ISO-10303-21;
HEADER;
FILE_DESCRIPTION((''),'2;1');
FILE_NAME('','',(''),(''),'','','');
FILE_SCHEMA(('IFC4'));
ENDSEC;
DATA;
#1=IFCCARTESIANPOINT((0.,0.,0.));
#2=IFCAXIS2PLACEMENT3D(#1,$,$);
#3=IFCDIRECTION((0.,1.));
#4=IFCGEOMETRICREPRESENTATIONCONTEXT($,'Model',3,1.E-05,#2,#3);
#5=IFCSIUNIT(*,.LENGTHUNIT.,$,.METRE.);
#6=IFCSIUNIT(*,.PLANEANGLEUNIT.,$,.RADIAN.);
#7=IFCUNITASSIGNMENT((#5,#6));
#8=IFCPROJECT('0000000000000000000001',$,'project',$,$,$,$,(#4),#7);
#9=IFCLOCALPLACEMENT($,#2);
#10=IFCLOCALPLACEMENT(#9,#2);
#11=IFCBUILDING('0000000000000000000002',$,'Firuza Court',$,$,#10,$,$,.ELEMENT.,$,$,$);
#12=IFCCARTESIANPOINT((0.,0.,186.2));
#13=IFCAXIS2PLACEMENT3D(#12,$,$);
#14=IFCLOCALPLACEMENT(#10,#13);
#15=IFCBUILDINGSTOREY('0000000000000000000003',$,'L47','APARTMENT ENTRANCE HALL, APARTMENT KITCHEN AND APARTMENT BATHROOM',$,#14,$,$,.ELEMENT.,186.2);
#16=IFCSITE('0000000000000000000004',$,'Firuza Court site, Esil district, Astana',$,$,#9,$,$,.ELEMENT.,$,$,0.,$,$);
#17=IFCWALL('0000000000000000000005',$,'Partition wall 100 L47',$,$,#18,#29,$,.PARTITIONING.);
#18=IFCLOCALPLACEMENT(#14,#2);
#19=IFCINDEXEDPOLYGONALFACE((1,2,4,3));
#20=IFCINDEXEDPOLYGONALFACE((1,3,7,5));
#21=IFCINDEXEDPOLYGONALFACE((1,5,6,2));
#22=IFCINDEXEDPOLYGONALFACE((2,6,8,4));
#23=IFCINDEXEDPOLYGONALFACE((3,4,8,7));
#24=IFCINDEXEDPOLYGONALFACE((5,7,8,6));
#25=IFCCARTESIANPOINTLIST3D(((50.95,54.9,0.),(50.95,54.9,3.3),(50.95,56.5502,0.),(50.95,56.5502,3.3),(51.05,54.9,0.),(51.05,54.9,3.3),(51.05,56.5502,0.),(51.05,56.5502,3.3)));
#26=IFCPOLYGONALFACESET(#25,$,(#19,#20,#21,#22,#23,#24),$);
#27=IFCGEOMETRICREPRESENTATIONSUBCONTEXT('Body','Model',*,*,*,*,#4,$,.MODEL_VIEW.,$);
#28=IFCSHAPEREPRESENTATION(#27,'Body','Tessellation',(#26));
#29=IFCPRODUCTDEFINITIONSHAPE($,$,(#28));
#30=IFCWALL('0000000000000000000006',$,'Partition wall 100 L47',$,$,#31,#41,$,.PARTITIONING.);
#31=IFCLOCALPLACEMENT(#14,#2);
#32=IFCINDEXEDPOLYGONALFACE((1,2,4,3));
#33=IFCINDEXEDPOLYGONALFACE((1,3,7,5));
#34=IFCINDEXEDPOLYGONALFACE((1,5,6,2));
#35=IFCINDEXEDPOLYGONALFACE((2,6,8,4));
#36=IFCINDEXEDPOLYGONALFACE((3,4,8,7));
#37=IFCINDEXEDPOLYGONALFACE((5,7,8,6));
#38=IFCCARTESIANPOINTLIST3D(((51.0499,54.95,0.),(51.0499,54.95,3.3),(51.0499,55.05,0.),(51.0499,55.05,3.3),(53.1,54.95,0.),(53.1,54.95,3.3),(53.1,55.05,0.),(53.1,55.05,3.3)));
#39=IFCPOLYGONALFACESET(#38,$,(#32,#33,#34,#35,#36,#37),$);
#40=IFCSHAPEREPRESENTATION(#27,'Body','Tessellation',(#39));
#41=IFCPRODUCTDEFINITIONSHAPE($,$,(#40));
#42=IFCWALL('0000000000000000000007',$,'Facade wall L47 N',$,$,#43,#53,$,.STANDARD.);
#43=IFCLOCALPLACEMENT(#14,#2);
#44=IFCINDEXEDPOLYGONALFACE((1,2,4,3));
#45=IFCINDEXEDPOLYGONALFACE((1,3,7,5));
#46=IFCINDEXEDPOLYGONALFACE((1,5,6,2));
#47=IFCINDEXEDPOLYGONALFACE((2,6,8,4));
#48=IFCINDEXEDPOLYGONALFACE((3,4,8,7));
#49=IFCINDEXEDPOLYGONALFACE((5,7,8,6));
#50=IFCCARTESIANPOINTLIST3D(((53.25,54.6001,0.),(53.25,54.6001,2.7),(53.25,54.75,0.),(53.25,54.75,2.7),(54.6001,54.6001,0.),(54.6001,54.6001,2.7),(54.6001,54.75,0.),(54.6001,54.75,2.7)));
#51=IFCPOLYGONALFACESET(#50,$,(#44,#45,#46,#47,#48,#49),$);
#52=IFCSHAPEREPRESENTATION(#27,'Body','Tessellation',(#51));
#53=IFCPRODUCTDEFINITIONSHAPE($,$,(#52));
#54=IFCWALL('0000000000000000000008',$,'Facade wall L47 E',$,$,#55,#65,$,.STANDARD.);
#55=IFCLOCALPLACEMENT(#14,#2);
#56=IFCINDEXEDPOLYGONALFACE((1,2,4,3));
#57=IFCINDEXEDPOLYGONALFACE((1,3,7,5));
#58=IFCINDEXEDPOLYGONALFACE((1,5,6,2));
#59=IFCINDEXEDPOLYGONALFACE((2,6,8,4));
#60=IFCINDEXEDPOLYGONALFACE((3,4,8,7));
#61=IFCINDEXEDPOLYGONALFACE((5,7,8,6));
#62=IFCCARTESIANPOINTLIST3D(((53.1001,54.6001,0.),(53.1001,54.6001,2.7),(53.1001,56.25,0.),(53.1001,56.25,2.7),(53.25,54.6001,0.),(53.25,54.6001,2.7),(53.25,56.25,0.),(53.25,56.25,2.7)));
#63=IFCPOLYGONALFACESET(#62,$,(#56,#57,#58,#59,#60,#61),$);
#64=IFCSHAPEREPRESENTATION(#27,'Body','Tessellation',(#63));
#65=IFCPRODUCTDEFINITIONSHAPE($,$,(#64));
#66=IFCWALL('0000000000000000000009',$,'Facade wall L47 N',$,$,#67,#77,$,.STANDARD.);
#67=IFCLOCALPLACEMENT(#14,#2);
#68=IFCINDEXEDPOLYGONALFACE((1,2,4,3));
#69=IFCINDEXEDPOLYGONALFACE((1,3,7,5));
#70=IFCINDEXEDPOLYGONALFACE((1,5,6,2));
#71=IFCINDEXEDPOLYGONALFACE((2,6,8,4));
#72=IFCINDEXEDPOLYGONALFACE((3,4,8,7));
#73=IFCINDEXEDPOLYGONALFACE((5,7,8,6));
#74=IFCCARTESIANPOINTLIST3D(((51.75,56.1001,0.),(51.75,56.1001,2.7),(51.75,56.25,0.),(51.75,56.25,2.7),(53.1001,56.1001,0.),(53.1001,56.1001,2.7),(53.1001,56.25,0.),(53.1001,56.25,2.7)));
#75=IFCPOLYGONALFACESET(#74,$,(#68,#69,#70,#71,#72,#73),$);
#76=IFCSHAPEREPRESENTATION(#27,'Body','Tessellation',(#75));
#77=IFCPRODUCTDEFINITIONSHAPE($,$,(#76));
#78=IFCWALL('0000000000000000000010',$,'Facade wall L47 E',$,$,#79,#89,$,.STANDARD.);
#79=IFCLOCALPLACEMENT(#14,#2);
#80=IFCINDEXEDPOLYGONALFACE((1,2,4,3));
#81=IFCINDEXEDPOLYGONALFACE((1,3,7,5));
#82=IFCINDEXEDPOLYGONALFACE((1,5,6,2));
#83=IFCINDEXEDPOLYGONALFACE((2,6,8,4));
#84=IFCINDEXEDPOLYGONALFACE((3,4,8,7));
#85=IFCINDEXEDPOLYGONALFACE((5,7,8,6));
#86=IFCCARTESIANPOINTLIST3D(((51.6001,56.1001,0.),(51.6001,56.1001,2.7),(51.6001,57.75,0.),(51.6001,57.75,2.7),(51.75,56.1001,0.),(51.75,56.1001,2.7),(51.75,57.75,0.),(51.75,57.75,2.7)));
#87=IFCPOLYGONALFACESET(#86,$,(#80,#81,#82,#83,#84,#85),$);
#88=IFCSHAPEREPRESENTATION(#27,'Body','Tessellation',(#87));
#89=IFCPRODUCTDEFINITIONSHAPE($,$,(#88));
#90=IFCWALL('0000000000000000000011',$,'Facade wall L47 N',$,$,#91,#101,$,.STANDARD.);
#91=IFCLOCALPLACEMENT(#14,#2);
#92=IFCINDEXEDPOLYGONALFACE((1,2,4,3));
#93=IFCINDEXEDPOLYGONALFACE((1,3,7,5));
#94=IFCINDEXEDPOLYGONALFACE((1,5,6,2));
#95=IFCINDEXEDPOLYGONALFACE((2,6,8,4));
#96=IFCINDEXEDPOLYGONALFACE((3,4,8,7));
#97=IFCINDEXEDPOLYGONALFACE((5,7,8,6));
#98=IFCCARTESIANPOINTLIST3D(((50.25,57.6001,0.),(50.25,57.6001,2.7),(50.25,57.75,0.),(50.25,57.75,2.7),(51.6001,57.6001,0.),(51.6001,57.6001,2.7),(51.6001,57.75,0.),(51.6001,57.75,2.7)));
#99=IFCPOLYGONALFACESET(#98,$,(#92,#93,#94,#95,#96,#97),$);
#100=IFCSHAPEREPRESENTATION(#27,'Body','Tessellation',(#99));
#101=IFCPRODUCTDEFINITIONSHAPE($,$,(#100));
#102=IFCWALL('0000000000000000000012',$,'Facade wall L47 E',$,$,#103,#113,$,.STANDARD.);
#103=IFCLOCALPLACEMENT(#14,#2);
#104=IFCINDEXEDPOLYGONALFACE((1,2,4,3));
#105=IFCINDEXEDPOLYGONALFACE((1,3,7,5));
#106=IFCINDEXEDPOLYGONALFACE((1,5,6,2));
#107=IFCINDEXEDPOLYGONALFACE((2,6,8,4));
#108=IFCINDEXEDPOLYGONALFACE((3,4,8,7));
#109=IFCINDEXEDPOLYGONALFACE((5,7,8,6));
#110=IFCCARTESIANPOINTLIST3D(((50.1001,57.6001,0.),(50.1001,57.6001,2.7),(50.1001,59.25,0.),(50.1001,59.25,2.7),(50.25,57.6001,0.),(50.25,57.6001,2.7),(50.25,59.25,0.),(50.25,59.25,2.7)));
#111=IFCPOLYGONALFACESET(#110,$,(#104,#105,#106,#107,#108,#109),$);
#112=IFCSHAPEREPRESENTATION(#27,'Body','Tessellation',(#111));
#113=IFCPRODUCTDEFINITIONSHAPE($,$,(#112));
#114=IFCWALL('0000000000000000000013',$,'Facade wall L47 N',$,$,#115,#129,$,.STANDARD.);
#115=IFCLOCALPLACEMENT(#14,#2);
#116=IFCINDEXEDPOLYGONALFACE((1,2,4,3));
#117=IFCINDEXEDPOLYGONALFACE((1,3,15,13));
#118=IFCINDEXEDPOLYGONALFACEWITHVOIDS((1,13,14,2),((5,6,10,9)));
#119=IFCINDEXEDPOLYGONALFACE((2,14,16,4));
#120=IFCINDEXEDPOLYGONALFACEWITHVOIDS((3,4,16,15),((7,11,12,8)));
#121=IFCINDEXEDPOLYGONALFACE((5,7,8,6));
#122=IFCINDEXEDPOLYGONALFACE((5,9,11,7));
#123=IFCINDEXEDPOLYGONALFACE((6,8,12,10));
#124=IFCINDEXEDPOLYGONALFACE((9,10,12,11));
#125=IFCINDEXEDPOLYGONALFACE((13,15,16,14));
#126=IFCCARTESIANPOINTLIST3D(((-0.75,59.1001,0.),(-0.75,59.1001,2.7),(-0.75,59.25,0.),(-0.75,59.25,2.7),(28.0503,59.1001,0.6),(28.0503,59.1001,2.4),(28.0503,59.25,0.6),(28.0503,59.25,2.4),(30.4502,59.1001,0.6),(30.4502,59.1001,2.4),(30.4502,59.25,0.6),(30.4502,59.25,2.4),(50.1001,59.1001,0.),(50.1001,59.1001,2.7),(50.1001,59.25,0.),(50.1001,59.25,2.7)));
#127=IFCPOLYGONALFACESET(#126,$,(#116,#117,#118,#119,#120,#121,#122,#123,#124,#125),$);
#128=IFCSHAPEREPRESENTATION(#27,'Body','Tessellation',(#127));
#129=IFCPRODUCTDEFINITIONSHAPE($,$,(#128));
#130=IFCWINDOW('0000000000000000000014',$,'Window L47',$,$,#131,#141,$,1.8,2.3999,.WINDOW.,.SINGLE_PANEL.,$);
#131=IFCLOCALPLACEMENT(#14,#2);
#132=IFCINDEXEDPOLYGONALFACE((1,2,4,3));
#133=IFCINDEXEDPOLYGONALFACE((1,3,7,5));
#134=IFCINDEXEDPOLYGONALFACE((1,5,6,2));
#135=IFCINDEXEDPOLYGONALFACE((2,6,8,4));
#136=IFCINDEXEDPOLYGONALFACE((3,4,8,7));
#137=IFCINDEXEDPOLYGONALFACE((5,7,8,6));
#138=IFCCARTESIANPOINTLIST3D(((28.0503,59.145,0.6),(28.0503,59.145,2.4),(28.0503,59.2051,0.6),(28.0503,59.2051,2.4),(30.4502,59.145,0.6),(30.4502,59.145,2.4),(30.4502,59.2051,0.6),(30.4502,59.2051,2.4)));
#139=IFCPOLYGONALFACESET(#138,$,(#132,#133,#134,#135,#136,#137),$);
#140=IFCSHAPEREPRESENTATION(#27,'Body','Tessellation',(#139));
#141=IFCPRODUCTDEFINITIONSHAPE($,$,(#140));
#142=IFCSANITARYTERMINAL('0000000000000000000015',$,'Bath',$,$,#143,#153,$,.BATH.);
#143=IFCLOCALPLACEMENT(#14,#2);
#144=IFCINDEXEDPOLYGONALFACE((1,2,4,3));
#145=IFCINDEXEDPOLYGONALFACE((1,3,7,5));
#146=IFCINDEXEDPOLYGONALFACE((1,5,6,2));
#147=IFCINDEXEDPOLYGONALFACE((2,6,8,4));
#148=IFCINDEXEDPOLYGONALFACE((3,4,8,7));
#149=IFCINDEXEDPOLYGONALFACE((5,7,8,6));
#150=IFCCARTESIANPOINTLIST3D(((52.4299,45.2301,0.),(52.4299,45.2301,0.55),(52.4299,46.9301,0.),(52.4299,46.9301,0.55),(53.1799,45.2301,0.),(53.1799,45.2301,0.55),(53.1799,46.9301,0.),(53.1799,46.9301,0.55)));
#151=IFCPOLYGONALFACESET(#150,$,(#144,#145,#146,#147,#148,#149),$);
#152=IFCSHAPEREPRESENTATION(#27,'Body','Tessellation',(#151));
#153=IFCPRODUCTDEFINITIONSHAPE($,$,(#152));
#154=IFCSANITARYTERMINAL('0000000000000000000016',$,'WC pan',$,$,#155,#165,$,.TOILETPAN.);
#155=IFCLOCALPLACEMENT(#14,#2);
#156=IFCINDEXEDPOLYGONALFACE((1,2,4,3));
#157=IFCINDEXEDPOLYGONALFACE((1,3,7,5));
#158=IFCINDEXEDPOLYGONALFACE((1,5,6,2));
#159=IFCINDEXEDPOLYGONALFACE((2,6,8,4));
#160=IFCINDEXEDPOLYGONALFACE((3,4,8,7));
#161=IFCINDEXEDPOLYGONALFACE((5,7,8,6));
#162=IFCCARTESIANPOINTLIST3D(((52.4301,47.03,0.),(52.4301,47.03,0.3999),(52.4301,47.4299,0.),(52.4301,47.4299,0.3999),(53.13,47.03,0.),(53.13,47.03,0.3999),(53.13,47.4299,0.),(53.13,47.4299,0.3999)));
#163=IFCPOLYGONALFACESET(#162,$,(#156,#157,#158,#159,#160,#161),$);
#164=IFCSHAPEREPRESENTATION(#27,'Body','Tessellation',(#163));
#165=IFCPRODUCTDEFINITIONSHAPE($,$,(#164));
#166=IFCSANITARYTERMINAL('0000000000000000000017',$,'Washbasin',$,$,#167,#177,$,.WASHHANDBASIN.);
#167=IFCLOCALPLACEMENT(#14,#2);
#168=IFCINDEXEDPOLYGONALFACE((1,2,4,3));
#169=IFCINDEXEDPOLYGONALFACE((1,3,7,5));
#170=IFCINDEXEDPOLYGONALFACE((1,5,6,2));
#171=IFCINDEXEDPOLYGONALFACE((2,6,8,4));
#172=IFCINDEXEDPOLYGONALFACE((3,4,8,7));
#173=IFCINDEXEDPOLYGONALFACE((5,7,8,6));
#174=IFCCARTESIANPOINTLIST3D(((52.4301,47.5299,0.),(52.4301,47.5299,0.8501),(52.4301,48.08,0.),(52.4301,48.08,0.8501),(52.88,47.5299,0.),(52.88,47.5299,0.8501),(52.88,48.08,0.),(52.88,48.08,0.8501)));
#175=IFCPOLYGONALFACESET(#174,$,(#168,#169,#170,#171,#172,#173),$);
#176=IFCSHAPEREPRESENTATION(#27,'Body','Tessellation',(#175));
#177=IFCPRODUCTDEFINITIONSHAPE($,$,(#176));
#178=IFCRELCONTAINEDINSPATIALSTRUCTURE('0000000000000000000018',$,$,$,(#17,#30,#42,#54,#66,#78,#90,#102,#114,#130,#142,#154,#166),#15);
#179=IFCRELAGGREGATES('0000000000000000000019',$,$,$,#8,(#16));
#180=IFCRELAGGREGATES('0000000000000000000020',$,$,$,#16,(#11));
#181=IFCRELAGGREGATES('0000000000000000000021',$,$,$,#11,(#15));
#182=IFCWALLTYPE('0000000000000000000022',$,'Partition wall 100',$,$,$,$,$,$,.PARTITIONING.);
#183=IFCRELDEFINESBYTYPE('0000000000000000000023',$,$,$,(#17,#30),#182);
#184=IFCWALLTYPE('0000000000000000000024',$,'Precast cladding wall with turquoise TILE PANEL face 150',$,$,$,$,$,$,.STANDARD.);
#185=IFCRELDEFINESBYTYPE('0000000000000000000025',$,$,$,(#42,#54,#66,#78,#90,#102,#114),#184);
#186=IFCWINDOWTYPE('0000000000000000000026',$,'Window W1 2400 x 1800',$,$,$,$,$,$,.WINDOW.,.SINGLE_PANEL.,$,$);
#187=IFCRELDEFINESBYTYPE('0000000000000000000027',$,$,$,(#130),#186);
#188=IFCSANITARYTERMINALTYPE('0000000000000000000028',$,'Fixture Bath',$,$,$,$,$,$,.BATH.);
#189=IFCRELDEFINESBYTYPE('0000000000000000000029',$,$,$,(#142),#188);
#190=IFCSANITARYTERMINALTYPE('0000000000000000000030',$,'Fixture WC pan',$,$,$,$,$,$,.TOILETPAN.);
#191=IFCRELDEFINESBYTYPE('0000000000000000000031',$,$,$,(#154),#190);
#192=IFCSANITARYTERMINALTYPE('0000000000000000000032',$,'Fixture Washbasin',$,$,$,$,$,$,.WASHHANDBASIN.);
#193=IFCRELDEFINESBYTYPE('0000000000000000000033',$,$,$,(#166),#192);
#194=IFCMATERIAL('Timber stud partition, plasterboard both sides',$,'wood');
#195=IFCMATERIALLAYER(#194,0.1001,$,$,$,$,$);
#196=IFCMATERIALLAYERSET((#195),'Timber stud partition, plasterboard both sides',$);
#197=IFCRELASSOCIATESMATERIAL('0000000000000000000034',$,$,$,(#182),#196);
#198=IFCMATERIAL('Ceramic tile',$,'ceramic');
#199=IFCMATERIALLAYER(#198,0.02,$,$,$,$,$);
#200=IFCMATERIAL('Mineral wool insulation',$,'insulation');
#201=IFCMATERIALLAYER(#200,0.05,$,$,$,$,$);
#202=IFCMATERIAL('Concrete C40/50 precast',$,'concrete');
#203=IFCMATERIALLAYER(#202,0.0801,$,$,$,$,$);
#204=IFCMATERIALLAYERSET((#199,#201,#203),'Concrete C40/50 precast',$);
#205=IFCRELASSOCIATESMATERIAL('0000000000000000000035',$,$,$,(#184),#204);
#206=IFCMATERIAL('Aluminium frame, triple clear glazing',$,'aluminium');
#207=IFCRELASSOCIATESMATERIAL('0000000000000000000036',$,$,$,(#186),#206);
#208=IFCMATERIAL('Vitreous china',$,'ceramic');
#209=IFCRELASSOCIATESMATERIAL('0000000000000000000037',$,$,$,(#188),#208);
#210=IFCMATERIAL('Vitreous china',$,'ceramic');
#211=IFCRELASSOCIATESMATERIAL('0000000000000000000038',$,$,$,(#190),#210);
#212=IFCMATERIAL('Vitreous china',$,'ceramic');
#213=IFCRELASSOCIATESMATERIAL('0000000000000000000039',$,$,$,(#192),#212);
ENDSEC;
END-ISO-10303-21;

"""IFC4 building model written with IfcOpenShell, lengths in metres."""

from ifc_helpers import new_model, si_unit, direction, frame, frame_2d, origin, origin_2d, place, context, subcontext, project, spatial, rectangle, extrude, material, layer, layer_set, type_object, element, fill, save


model = new_model("IFC4")

# Units and contexts
model_context = context("Model", 3, precision=1e-05, world=origin(), true_north=direction((0.0, 1.0)))
body_context = subcontext(model_context, "Body", "Model", "MODEL_VIEW")
ifc_project = project(units=[si_unit("LENGTHUNIT", "METRE"), si_unit("PLANEANGLEUNIT", "RADIAN")], contexts=[model_context])

# Site, building, storey
site_placement = place(None, origin())
site = spatial("IfcSite", under=ifc_project, at=site_placement, Name="Firuza Court site, Esil district, Astana", CompositionType="ELEMENT", RefElevation=0.0)
building_placement = place(site_placement, origin())
building = spatial("IfcBuilding", under=site, at=building_placement, Name="Firuza Court", CompositionType="ELEMENT")
storey_placement = place(building_placement, frame((0.0, 0.0, 186.2)))
storey = spatial("IfcBuildingStorey", under=building, at=storey_placement, Name="L47", Description="APARTMENT ENTRANCE HALL, APARTMENT KITCHEN AND APARTMENT BATHROOM", CompositionType="ELEMENT", Elevation=186.2)

# Walls
ifc_material_1 = material(Name="Timber stud partition, plasterboard both sides", Category="wood")
ifc_layer_1 = layer(ifc_material_1, 0.1001)
ifc_layer_set_1 = layer_set([ifc_layer_1], Name="Timber stud partition, plasterboard both sides")
wall_type_1 = type_object("IfcWallType", Name="Partition wall 100", PredefinedType="PARTITIONING", material=ifc_layer_set_1)
wall_1_placement = place(storey_placement, frame((51.0, 54.8999, 0.0), z_axis=(0.0, 0.0, 1.0), x_axis=(0.0, 1.0, 0.0)))
element("IfcWall", 1, at=wall_1_placement, inside=storey, type_object=wall_type_1, Name="Partition wall 100 L47", PredefinedType="PARTITIONING", context=body_context, shape_type="SweptSolid", body=[
    extrude(rectangle(XDim=1.6501, YDim=0.1001, at=frame_2d((0.8252, 0.0))), origin(), (0.0, 0.0, 1.0), 3.3),
])
wall_2_placement = place(storey_placement, frame((51.05, 55.0, 0.0), z_axis=(0.0, 0.0, 1.0), x_axis=(1.0, 0.0, 0.0)))
element("IfcWall", 2, at=wall_2_placement, inside=storey, type_object=wall_type_1, Name="Partition wall 100 L47", PredefinedType="PARTITIONING", context=body_context, shape_type="SweptSolid", body=[
    extrude(rectangle(XDim=2.05, YDim=0.1001, at=frame_2d((1.0249, 0.0))), origin(), (0.0, 0.0, 1.0), 3.3),
])
ifc_material_2 = material(Name="Ceramic tile", Category="ceramic")
ifc_layer_2 = layer(ifc_material_2, 0.02)
ifc_material_3 = material(Name="Mineral wool insulation", Category="insulation")
ifc_layer_3 = layer(ifc_material_3, 0.05)
ifc_material_4 = material(Name="Concrete C40/50 precast", Category="concrete")
ifc_layer_4 = layer(ifc_material_4, 0.0801)
ifc_layer_set_2 = layer_set([ifc_layer_2, ifc_layer_3, ifc_layer_4], Name="Concrete C40/50 precast")
wall_type_2 = type_object("IfcWallType", Name="Precast cladding wall with turquoise TILE PANEL face 150", PredefinedType="STANDARD", material=ifc_layer_set_2)
wall_3_placement = place(storey_placement, frame((54.6001, 54.675, 0.0), z_axis=(0.0, 0.0, 1.0), x_axis=(-1.0, 0.0, 0.0)))
element("IfcWall", 3, at=wall_3_placement, inside=storey, type_object=wall_type_2, Name="Facade wall L47 N", PredefinedType="STANDARD", context=body_context, shape_type="SweptSolid", body=[
    extrude(rectangle(XDim=1.3501, YDim=0.1499, at=frame_2d((0.675, 0.0))), origin(), (0.0, 0.0, 1.0), 2.7),
])
wall_4_placement = place(storey_placement, frame((53.175, 54.6001, 0.0), z_axis=(0.0, 0.0, 1.0), x_axis=(0.0, 1.0, 0.0)))
element("IfcWall", 4, at=wall_4_placement, inside=storey, type_object=wall_type_2, Name="Facade wall L47 E", PredefinedType="STANDARD", context=body_context, shape_type="SweptSolid", body=[
    extrude(rectangle(XDim=1.6499, YDim=0.1499, at=frame_2d((0.825, 0.0))), origin(), (0.0, 0.0, 1.0), 2.7),
])
wall_5_placement = place(storey_placement, frame((53.1001, 56.175, 0.0), z_axis=(0.0, 0.0, 1.0), x_axis=(-1.0, 0.0, 0.0)))
element("IfcWall", 5, at=wall_5_placement, inside=storey, type_object=wall_type_2, Name="Facade wall L47 N", PredefinedType="STANDARD", context=body_context, shape_type="SweptSolid", body=[
    extrude(rectangle(XDim=1.3501, YDim=0.1499, at=frame_2d((0.675, 0.0))), origin(), (0.0, 0.0, 1.0), 2.7),
])
wall_6_placement = place(storey_placement, frame((51.675, 56.1001, 0.0), z_axis=(0.0, 0.0, 1.0), x_axis=(0.0, 1.0, 0.0)))
element("IfcWall", 6, at=wall_6_placement, inside=storey, type_object=wall_type_2, Name="Facade wall L47 E", PredefinedType="STANDARD", context=body_context, shape_type="SweptSolid", body=[
    extrude(rectangle(XDim=1.6499, YDim=0.1499, at=frame_2d((0.825, 0.0))), origin(), (0.0, 0.0, 1.0), 2.7),
])
wall_7_placement = place(storey_placement, frame((51.6001, 57.675, 0.0), z_axis=(0.0, 0.0, 1.0), x_axis=(-1.0, 0.0, 0.0)))
element("IfcWall", 7, at=wall_7_placement, inside=storey, type_object=wall_type_2, Name="Facade wall L47 N", PredefinedType="STANDARD", context=body_context, shape_type="SweptSolid", body=[
    extrude(rectangle(XDim=1.3501, YDim=0.1499, at=frame_2d((0.675, 0.0))), origin(), (0.0, 0.0, 1.0), 2.7),
])
wall_8_placement = place(storey_placement, frame((50.175, 57.6001, 0.0), z_axis=(0.0, 0.0, 1.0), x_axis=(0.0, 1.0, 0.0)))
element("IfcWall", 8, at=wall_8_placement, inside=storey, type_object=wall_type_2, Name="Facade wall L47 E", PredefinedType="STANDARD", context=body_context, shape_type="SweptSolid", body=[
    extrude(rectangle(XDim=1.6499, YDim=0.1499, at=frame_2d((0.825, 0.0))), origin(), (0.0, 0.0, 1.0), 2.7),
])

# Wall, opening, window
wall_9_placement = place(storey_placement, frame((50.1001, 59.175, 0.0), z_axis=(0.0, 0.0, 1.0), x_axis=(-1.0, 0.0, 0.0)))
wall_9 = element("IfcWall", 9, at=wall_9_placement, inside=storey, type_object=wall_type_2, Name="Facade wall L47 N", PredefinedType="STANDARD", context=body_context, shape_type="SweptSolid", body=[
    extrude(rectangle(XDim=50.8501, YDim=0.1499, at=frame_2d((25.425, 0.0))), origin(), (0.0, 0.0, 1.0), 2.7),
])
opening_placement = place(wall_9_placement, frame((19.6499, 0.0, 0.6001)))
opening = element("IfcOpeningElement", 10, at=opening_placement, cuts=wall_9, PredefinedType="OPENING", context=body_context, shape_type="SweptSolid", body=[
    extrude(rectangle(XDim=2.3999, YDim=1.8, at=frame_2d((1.2, 0.8999))), frame((0.0, 0.0869, 0.0), z_axis=(0.0, -1.0, 0.0), x_axis=(1.0, 0.0, 0.0)), (0.0, 0.0, 1.0), 0.1738),
])
ifc_material_5 = material(Name="Aluminium frame, triple clear glazing", Category="aluminium")
window_type = type_object("IfcWindowType", Name="Window W1 2400 x 1800", PartitioningType="SINGLE_PANEL", PredefinedType="WINDOW", material=ifc_material_5)
window_placement = place(opening_placement, origin())
window = element("IfcWindow", 11, at=window_placement, inside=storey, type_object=window_type, Name="Window L47", OverallHeight=1.8, OverallWidth=2.3999, PartitioningType="SINGLE_PANEL", PredefinedType="WINDOW", context=body_context, shape_type="SweptSolid", body=[
    extrude(rectangle(XDim=2.3999, YDim=1.8, at=frame_2d((1.2, 0.8999))), frame((0.0, 0.03, 0.0), z_axis=(0.0, -1.0, 0.0), x_axis=(1.0, 0.0, 0.0)), (0.0, 0.0, 1.0), 0.0601),
])
fill(opening, window)

# Sanitary terminals
ifc_material_6 = material(Name="Vitreous china", Category="ceramic")
sanitary_terminal_type_1 = type_object("IfcSanitaryTerminalType", Name="Fixture Bath", PredefinedType="BATH", material=ifc_material_6)
sanitary_terminal_1_placement = place(storey_placement, frame((52.8049, 46.0801, 0.0), z_axis=(0.0, 0.0, 1.0), x_axis=(1.0, 0.0, 0.0)))
element("IfcSanitaryTerminal", 12, at=sanitary_terminal_1_placement, inside=storey, type_object=sanitary_terminal_type_1, Name="Bath", PredefinedType="BATH", context=body_context, shape_type="SweptSolid", body=[
    extrude(rectangle(XDim=0.75, YDim=1.7, at=origin_2d()), origin(), (0.0, 0.0, 1.0), 0.55),
])
ifc_material_7 = material(Name="Vitreous china", Category="ceramic")
sanitary_terminal_type_2 = type_object("IfcSanitaryTerminalType", Name="Fixture WC pan", PredefinedType="TOILETPAN", material=ifc_material_7)
sanitary_terminal_2_placement = place(storey_placement, frame((52.78, 47.23, 0.0), z_axis=(0.0, 0.0, 1.0), x_axis=(1.0, 0.0, 0.0)))
element("IfcSanitaryTerminal", 13, at=sanitary_terminal_2_placement, inside=storey, type_object=sanitary_terminal_type_2, Name="WC pan", PredefinedType="TOILETPAN", context=body_context, shape_type="SweptSolid", body=[
    extrude(rectangle(XDim=0.7, YDim=0.3999, at=origin_2d()), origin(), (0.0, 0.0, 1.0), 0.3999),
])
ifc_material_8 = material(Name="Vitreous china", Category="ceramic")
sanitary_terminal_type_3 = type_object("IfcSanitaryTerminalType", Name="Fixture Washbasin", PredefinedType="WASHHANDBASIN", material=ifc_material_8)
sanitary_terminal_3_placement = place(storey_placement, frame((52.655, 47.8049, 0.0), z_axis=(0.0, 0.0, 1.0), x_axis=(1.0, 0.0, 0.0)))
element("IfcSanitaryTerminal", 14, at=sanitary_terminal_3_placement, inside=storey, type_object=sanitary_terminal_type_3, Name="Washbasin", PredefinedType="WASHHANDBASIN", context=body_context, shape_type="SweptSolid", body=[
    extrude(rectangle(XDim=0.45, YDim=0.55, at=origin_2d()), origin(), (0.0, 0.0, 1.0), 0.8501),
])

save(model, "model.ifc")
